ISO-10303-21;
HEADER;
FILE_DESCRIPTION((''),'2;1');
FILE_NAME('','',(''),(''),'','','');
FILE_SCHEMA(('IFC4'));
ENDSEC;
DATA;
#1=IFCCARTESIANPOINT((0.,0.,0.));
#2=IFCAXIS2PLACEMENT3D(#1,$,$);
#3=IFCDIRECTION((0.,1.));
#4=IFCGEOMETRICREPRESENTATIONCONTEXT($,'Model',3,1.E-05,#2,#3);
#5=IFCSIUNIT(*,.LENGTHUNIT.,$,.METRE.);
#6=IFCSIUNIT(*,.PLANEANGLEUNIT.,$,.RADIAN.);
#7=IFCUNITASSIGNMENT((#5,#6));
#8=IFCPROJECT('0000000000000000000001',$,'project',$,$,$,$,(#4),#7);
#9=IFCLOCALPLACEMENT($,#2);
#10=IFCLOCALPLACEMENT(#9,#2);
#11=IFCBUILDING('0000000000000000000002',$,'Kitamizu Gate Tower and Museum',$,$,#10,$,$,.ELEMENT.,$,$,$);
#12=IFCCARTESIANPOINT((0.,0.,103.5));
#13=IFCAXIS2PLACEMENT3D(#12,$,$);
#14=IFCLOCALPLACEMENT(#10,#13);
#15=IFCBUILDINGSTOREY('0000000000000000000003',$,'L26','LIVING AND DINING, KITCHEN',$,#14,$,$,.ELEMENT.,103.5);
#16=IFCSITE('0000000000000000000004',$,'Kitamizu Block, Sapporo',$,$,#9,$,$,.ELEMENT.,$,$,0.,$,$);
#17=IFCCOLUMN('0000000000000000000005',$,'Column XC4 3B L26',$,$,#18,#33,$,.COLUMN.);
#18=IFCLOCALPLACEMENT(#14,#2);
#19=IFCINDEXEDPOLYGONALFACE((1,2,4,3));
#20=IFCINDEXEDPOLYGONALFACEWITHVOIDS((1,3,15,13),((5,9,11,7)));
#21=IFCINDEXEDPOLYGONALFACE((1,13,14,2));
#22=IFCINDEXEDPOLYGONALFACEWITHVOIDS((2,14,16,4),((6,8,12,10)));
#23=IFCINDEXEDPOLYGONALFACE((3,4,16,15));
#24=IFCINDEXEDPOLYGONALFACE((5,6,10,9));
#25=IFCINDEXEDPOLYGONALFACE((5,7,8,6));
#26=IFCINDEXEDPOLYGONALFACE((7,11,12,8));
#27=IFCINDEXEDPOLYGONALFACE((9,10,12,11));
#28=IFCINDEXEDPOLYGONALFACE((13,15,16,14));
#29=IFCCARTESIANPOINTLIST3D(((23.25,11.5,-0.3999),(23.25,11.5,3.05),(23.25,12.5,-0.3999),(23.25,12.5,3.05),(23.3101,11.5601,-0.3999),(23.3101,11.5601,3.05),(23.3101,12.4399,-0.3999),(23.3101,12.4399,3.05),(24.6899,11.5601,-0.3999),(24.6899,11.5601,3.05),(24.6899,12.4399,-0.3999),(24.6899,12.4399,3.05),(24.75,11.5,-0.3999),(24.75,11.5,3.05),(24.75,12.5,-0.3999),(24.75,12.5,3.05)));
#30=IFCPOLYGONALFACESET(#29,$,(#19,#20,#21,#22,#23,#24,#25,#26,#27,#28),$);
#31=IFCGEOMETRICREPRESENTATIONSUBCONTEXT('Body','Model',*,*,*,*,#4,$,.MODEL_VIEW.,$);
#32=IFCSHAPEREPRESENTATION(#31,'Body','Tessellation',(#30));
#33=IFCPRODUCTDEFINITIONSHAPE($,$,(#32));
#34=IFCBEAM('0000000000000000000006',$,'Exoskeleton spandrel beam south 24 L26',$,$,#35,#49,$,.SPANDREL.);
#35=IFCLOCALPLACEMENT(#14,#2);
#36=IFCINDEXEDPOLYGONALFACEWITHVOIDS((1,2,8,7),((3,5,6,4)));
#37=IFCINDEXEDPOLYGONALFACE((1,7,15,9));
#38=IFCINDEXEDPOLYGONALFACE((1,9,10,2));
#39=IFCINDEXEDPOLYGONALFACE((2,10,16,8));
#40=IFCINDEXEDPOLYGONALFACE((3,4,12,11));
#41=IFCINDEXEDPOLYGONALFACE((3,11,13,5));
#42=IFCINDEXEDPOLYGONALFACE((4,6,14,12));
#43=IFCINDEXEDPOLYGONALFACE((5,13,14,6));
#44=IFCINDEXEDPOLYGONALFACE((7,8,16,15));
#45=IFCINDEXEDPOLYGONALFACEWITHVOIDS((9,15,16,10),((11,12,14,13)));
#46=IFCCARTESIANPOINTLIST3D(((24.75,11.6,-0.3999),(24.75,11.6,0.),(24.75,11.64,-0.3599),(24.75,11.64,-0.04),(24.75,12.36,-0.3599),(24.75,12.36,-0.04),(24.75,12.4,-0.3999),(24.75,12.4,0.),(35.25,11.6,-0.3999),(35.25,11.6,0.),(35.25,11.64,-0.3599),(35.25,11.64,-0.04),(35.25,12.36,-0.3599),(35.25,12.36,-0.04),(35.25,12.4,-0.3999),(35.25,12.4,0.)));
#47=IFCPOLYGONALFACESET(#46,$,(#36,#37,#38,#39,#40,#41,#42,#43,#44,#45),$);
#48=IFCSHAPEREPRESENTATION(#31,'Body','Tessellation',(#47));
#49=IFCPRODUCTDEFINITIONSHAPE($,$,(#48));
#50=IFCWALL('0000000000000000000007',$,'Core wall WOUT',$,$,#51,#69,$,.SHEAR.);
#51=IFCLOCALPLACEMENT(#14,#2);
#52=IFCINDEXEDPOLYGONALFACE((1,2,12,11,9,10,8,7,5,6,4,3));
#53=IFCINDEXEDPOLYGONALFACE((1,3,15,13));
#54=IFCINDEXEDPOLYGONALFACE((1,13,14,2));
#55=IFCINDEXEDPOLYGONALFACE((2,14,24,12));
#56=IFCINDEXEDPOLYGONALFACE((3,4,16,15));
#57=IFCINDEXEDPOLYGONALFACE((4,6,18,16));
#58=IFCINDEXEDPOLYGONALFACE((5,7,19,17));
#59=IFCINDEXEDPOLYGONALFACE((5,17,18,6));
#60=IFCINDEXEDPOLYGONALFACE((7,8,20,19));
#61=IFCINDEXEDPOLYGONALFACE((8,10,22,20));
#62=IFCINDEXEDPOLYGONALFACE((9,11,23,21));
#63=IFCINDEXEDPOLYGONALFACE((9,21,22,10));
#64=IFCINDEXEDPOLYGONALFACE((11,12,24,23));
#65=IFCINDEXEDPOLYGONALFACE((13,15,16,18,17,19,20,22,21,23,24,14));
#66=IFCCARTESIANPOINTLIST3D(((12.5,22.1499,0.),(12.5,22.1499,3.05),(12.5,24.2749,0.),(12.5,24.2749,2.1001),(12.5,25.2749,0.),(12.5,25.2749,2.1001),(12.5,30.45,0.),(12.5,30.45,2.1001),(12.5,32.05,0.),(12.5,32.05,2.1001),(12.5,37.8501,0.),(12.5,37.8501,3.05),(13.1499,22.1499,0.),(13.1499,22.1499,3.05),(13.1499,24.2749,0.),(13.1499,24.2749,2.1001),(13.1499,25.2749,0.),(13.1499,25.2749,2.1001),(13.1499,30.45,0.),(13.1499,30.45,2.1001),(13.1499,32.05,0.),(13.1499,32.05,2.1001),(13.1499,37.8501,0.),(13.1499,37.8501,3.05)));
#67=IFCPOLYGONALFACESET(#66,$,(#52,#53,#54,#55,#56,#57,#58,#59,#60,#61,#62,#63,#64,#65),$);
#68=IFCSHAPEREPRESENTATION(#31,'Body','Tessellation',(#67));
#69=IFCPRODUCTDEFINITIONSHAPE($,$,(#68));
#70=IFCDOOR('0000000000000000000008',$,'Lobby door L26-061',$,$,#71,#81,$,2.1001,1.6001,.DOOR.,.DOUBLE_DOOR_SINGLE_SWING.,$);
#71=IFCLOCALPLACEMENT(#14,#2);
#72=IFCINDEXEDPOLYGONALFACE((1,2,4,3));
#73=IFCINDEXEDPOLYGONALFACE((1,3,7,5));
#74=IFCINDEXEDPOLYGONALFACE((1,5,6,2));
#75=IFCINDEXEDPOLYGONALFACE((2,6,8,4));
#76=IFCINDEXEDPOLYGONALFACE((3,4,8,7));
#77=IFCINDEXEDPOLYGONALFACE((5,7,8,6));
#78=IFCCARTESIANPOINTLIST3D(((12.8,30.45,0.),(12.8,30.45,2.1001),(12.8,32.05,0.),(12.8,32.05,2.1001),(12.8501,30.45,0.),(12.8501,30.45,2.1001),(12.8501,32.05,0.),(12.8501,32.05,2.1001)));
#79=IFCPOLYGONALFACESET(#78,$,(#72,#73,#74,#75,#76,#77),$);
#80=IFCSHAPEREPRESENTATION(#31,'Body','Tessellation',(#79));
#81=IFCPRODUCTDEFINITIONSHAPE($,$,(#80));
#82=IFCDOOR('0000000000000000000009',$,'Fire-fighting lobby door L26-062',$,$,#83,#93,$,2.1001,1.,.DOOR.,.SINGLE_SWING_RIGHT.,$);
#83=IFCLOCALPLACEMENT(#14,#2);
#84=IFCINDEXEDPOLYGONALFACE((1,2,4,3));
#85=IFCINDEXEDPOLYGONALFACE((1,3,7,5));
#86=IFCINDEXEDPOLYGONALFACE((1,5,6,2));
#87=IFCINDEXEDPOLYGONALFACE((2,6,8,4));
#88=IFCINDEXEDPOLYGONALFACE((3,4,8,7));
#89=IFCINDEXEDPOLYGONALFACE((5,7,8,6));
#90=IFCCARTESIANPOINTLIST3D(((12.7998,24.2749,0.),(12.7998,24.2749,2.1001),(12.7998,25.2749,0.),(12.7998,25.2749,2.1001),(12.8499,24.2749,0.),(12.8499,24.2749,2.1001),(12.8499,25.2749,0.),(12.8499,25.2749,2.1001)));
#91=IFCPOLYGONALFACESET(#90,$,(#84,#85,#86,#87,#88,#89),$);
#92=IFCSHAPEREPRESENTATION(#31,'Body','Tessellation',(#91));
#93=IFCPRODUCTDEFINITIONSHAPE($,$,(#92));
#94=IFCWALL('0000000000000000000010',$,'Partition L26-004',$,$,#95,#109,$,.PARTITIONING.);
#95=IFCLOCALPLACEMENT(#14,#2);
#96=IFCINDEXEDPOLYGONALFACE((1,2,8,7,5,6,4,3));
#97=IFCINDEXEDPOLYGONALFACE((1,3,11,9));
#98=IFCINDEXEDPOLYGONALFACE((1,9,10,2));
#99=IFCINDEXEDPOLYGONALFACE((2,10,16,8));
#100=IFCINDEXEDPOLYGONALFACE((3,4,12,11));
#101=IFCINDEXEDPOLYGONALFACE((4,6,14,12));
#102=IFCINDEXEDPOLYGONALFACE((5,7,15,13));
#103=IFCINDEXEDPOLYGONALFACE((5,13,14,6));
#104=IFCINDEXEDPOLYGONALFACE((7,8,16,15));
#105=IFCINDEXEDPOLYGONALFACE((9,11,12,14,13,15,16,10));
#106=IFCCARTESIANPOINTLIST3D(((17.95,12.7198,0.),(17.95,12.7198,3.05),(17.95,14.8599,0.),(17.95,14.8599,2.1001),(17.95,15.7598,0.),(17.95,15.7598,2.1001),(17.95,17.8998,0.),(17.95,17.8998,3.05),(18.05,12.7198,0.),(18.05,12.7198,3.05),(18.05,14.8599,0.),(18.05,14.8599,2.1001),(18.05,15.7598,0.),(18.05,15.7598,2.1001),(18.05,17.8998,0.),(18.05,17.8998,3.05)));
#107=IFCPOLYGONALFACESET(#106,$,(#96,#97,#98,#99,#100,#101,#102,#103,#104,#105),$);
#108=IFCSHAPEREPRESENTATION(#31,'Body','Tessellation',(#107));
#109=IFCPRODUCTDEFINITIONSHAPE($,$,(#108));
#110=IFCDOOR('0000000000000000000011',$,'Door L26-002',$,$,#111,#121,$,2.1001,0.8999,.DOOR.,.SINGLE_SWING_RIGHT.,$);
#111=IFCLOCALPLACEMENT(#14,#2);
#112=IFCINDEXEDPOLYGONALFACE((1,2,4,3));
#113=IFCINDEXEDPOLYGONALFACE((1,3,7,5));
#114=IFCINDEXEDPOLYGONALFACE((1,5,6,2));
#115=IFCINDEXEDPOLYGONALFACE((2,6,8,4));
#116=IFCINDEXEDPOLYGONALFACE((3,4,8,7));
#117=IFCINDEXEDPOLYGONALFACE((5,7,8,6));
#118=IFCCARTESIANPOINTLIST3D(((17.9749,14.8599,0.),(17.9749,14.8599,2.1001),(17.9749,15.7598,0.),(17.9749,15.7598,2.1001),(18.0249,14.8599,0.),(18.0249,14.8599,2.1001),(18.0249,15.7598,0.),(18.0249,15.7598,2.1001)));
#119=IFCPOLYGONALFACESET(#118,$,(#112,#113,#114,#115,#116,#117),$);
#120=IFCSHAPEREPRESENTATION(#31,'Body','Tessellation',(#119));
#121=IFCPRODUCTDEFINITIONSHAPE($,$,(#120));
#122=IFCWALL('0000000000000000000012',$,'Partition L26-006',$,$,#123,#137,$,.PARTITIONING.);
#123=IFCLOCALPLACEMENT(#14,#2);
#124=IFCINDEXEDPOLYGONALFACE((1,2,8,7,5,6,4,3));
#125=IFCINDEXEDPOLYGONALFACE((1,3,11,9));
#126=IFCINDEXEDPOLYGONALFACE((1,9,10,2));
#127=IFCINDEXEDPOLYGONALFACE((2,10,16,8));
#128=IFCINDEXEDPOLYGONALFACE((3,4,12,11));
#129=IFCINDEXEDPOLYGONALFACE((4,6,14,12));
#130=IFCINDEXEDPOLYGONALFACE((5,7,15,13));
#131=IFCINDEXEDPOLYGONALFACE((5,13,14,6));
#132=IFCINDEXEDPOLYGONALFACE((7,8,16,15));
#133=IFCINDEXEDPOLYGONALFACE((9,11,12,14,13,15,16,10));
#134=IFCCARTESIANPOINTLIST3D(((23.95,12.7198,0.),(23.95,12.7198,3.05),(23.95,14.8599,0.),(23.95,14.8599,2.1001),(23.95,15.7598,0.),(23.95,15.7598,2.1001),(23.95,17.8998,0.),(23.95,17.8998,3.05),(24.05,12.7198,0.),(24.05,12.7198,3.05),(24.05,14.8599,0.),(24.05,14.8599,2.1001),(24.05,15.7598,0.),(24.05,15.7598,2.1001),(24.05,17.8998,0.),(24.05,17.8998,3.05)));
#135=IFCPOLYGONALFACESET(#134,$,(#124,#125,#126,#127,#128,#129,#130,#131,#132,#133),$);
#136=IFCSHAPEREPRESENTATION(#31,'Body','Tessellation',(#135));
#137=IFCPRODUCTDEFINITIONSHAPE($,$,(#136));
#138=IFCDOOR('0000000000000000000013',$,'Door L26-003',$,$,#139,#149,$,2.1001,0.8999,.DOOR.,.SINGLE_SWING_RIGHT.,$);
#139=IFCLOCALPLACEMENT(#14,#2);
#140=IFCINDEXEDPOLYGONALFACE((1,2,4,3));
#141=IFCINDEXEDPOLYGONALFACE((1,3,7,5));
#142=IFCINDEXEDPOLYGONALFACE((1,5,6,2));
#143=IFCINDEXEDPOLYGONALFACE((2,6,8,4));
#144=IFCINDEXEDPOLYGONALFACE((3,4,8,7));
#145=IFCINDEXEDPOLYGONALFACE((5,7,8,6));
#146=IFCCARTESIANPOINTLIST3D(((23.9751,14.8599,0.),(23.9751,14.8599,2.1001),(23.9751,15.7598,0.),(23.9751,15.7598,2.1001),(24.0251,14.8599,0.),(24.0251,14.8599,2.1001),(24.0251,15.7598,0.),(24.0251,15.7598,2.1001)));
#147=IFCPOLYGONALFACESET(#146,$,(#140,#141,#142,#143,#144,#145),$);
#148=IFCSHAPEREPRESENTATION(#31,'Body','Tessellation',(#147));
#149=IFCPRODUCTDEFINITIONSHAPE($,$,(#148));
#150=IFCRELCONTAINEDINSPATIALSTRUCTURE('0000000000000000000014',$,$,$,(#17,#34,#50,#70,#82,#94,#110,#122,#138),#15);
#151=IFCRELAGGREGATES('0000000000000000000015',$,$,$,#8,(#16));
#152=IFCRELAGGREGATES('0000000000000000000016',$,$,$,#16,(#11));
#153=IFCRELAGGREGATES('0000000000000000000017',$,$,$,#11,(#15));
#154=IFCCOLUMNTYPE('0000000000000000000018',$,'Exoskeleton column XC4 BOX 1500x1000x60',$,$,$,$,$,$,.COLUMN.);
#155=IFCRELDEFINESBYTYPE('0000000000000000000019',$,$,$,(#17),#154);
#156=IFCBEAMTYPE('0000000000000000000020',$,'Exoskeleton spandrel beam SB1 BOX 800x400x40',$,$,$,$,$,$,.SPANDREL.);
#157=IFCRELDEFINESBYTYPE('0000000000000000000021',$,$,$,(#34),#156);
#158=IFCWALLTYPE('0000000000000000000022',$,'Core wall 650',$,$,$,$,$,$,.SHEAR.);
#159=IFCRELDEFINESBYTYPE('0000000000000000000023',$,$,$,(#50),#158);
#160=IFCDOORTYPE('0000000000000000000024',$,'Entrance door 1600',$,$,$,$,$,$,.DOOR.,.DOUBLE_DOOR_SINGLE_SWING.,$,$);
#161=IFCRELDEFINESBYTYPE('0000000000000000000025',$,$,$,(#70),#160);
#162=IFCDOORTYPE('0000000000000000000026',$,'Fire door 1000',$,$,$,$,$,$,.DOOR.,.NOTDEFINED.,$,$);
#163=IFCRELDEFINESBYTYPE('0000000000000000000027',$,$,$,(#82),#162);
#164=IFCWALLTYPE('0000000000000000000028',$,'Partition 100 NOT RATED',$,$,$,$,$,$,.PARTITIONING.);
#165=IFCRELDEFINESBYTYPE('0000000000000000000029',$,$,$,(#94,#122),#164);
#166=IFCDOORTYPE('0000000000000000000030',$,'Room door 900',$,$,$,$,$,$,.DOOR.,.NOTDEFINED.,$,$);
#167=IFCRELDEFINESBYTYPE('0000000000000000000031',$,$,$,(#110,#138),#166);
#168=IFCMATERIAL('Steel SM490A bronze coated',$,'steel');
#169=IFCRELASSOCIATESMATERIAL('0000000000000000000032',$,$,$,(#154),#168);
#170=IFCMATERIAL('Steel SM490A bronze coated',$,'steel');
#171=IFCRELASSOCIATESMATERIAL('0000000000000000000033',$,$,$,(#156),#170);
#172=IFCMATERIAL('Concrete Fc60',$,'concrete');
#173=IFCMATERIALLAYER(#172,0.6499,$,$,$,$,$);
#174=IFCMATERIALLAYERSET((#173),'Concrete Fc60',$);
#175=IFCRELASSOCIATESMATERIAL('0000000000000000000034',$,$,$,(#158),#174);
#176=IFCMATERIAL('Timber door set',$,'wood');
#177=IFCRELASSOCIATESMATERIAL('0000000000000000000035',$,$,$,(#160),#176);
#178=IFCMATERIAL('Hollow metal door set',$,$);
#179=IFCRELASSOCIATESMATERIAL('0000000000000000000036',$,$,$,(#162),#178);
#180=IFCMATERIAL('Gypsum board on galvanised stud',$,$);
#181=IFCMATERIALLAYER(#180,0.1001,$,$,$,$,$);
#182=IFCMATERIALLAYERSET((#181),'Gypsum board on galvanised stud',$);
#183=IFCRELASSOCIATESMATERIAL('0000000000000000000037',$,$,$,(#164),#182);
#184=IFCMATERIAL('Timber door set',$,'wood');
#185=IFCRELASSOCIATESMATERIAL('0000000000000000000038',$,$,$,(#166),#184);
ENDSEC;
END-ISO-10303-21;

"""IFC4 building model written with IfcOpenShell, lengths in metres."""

from ifc_helpers import new_model, si_unit, direction, frame, frame_2d, origin, origin_2d, place, context, subcontext, project, spatial, rectangle, hollow_rectangle, extrude, material, layer, layer_set, material_profile, profile_set, type_object, element, fill, save


model = new_model("IFC4")

# Units and contexts
model_context = context("Model", 3, precision=1e-05, world=origin(), true_north=direction((0.0, 1.0)))
body_context = subcontext(model_context, "Body", "Model", "MODEL_VIEW")
ifc_project = project(units=[si_unit("LENGTHUNIT", "METRE"), si_unit("PLANEANGLEUNIT", "RADIAN")], contexts=[model_context])

# Site, building, storey
site_placement = place(None, origin())
site = spatial("IfcSite", under=ifc_project, at=site_placement, Name="Kitamizu Block, Sapporo", CompositionType="ELEMENT", RefElevation=0.0)
building_placement = place(site_placement, origin())
building = spatial("IfcBuilding", under=site, at=building_placement, Name="Kitamizu Gate Tower and Museum", CompositionType="ELEMENT")
storey_placement = place(building_placement, frame((0.0, 0.0, 103.5)))
storey = spatial("IfcBuildingStorey", under=building, at=storey_placement, Name="L26", Description="LIVING AND DINING, KITCHEN", CompositionType="ELEMENT", Elevation=103.5)

# Column
ifc_material_1 = material(Name="Steel SM490A bronze coated", Category="steel")
ifc_material_profile_1 = material_profile(ifc_material_1, hollow_rectangle(XDim=1.5, YDim=1.0, WallThickness=0.0601, at=origin_2d()), Name="BOX 1500x1000x60")
ifc_profile_set_1 = profile_set([ifc_material_profile_1], Name="Steel SM490A bronze coated")
column_type = type_object("IfcColumnType", Name="Exoskeleton column XC4 BOX 1500x1000x60", PredefinedType="COLUMN", material=ifc_profile_set_1)
column_placement = place(storey_placement, frame((24.0, 12.0, -0.3999), z_axis=(0.0, 0.0, 1.0), x_axis=(1.0, 0.0, 0.0)))
element("IfcColumn", 1, at=column_placement, inside=storey, type_object=column_type, Name="Column XC4 3B L26", PredefinedType="COLUMN", context=body_context, shape_type="SweptSolid", body=[
    extrude(hollow_rectangle(XDim=1.5, YDim=1.0, WallThickness=0.0601, at=origin_2d()), origin(), (0.0, 0.0, 1.0), 3.45),
])

# Beam
ifc_material_2 = material(Name="Steel SM490A bronze coated", Category="steel")
ifc_material_profile_2 = material_profile(ifc_material_2, hollow_rectangle(XDim=0.8, YDim=0.3999, WallThickness=0.04, at=origin_2d()), Name="BOX 800x400x40")
ifc_profile_set_2 = profile_set([ifc_material_profile_2], Name="Steel SM490A bronze coated")
beam_type = type_object("IfcBeamType", Name="Exoskeleton spandrel beam SB1 BOX 800x400x40", PredefinedType="SPANDREL", material=ifc_profile_set_2)
beam_placement = place(storey_placement, frame((24.75, 12.0, -0.2), z_axis=(1.0, 0.0, 0.0), x_axis=(0.0, 1.0, 0.0)))
element("IfcBeam", 2, at=beam_placement, inside=storey, type_object=beam_type, Name="Exoskeleton spandrel beam south 24 L26", PredefinedType="SPANDREL", context=body_context, shape_type="SweptSolid", body=[
    extrude(hollow_rectangle(XDim=0.8, YDim=0.3999, WallThickness=0.04, at=origin_2d()), origin(), (0.0, 0.0, 1.0), 10.5),
])

# Wall, openings, doors
ifc_material_3 = material(Name="Concrete Fc60", Category="concrete")
ifc_layer_1 = layer(ifc_material_3, 0.6499)
ifc_layer_set_1 = layer_set([ifc_layer_1], Name="Concrete Fc60")
wall_type_1 = type_object("IfcWallType", Name="Core wall 650", PredefinedType="SHEAR", material=ifc_layer_set_1)
wall_1_placement = place(storey_placement, frame((12.825, 22.1499, 0.0), z_axis=(0.0, 0.0, 1.0), x_axis=(0.0, 1.0, 0.0)))
wall_1 = element("IfcWall", 3, at=wall_1_placement, inside=storey, type_object=wall_type_1, Name="Core wall WOUT", PredefinedType="SHEAR", context=body_context, shape_type="SweptSolid", body=[
    extrude(rectangle(XDim=15.7002, YDim=0.6499, at=frame_2d((7.8501, 0.0))), origin(), (0.0, 0.0, 1.0), 3.05),
])
opening_1_placement = place(wall_1_placement, frame((8.3, 0.0, 0.0)))
opening_1 = element("IfcOpeningElement", 4, at=opening_1_placement, cuts=wall_1, PredefinedType="OPENING", context=body_context, shape_type="SweptSolid", body=[
    extrude(rectangle(XDim=1.6001, YDim=2.1001, at=frame_2d((0.8, 1.05))), frame((0.0, 0.335, 0.0), z_axis=(0.0, -1.0, 0.0), x_axis=(1.0, 0.0, 0.0)), (0.0, 0.0, 1.0), 0.6699),
])
opening_2_placement = place(wall_1_placement, frame((2.125, 0.0, 0.0)))
opening_2 = element("IfcOpeningElement", 5, at=opening_2_placement, cuts=wall_1, PredefinedType="OPENING", context=body_context, shape_type="SweptSolid", body=[
    extrude(rectangle(XDim=1.0, YDim=2.1001, at=frame_2d((0.5, 1.05))), frame((0.0, 0.335, 0.0), z_axis=(0.0, -1.0, 0.0), x_axis=(1.0, 0.0, 0.0)), (0.0, 0.0, 1.0), 0.6699),
])
ifc_material_4 = material(Name="Timber door set", Category="wood")
door_type_1 = type_object("IfcDoorType", Name="Entrance door 1600", OperationType="DOUBLE_DOOR_SINGLE_SWING", PredefinedType="DOOR", material=ifc_material_4)
door_1_placement = place(opening_1_placement, origin())
door_1 = element("IfcDoor", 6, at=door_1_placement, inside=storey, type_object=door_type_1, Name="Lobby door L26-061", OperationType="DOUBLE_DOOR_SINGLE_SWING", OverallHeight=2.1001, OverallWidth=1.6001, PredefinedType="DOOR", context=body_context, shape_type="SweptSolid", body=[
    extrude(rectangle(XDim=1.6001, YDim=2.1001, at=frame_2d((0.8, 1.05))), frame((0.0, 0.0249, 0.0), z_axis=(0.0, -1.0, 0.0), x_axis=(1.0, 0.0, 0.0)), (0.0, 0.0, 1.0), 0.05),
])
fill(opening_1, door_1)
ifc_material_5 = material(Name="Hollow metal door set")
door_type_2 = type_object("IfcDoorType", Name="Fire door 1000", OperationType="NOTDEFINED", PredefinedType="DOOR", material=ifc_material_5)
door_2_placement = place(opening_2_placement, frame((1.0, 0.0, 0.0), x_axis=(-1.0, 0.0, 0.0)))
door_2 = element("IfcDoor", 7, at=door_2_placement, inside=storey, type_object=door_type_2, Name="Fire-fighting lobby door L26-062", OperationType="SINGLE_SWING_RIGHT", OverallHeight=2.1001, OverallWidth=1.0, PredefinedType="DOOR", context=body_context, shape_type="SweptSolid", body=[
    extrude(rectangle(XDim=1.0, YDim=2.1001, at=frame_2d((0.5, 1.05))), frame((0.0, 0.0249, 0.0), z_axis=(0.0, -1.0, 0.0), x_axis=(1.0, 0.0, 0.0)), (0.0, 0.0, 1.0), 0.05),
])
fill(opening_2, door_2)

# Walls, openings, doors
ifc_material_6 = material(Name="Gypsum board on galvanised stud")
ifc_layer_2 = layer(ifc_material_6, 0.1001)
ifc_layer_set_2 = layer_set([ifc_layer_2], Name="Gypsum board on galvanised stud")
wall_type_2 = type_object("IfcWallType", Name="Partition 100 NOT RATED", PredefinedType="PARTITIONING", material=ifc_layer_set_2)
wall_2_placement = place(storey_placement, frame((18.0, 12.72, 0.0), z_axis=(0.0, 0.0, 1.0), x_axis=(0.0, 1.0, 0.0)))
wall_2 = element("IfcWall", 8, at=wall_2_placement, inside=storey, type_object=wall_type_2, Name="Partition L26-004", PredefinedType="PARTITIONING", context=body_context, shape_type="SweptSolid", body=[
    extrude(rectangle(XDim=5.1799, YDim=0.1001, at=frame_2d((2.5898, 0.0))), origin(), (0.0, 0.0, 1.0), 3.05),
])
opening_3_placement = place(wall_2_placement, frame((2.1399, 0.0, 0.0)))
opening_3 = element("IfcOpeningElement", 9, at=opening_3_placement, cuts=wall_2, PredefinedType="OPENING", context=body_context, shape_type="SweptSolid", body=[
    extrude(rectangle(XDim=0.8999, YDim=2.1001, at=frame_2d((0.45, 1.05))), frame((0.0, 0.0601, 0.0), z_axis=(0.0, -1.0, 0.0), x_axis=(1.0, 0.0, 0.0)), (0.0, 0.0, 1.0), 0.1201),
])
ifc_material_7 = material(Name="Timber door set", Category="wood")
door_type_3 = type_object("IfcDoorType", Name="Room door 900", OperationType="NOTDEFINED", PredefinedType="DOOR", material=ifc_material_7)
door_3_placement = place(opening_3_placement, frame((0.8999, 0.0, 0.0), x_axis=(-1.0, 0.0, 0.0)))
door_3 = element("IfcDoor", 10, at=door_3_placement, inside=storey, type_object=door_type_3, Name="Door L26-002", OperationType="SINGLE_SWING_RIGHT", OverallHeight=2.1001, OverallWidth=0.8999, PredefinedType="DOOR", context=body_context, shape_type="SweptSolid", body=[
    extrude(rectangle(XDim=0.8999, YDim=2.1001, at=frame_2d((0.45, 1.05))), frame((0.0, 0.0249, 0.0), z_axis=(0.0, -1.0, 0.0), x_axis=(1.0, 0.0, 0.0)), (0.0, 0.0, 1.0), 0.05),
])
fill(opening_3, door_3)
wall_3_placement = place(storey_placement, frame((24.0, 12.72, 0.0), z_axis=(0.0, 0.0, 1.0), x_axis=(0.0, 1.0, 0.0)))
wall_3 = element("IfcWall", 11, at=wall_3_placement, inside=storey, type_object=wall_type_2, Name="Partition L26-006", PredefinedType="PARTITIONING", context=body_context, shape_type="SweptSolid", body=[
    extrude(rectangle(XDim=5.1799, YDim=0.1001, at=frame_2d((2.5898, 0.0))), origin(), (0.0, 0.0, 1.0), 3.05),
])
opening_4_placement = place(wall_3_placement, frame((2.1399, 0.0, 0.0)))
opening_4 = element("IfcOpeningElement", 12, at=opening_4_placement, cuts=wall_3, PredefinedType="OPENING", context=body_context, shape_type="SweptSolid", body=[
    extrude(rectangle(XDim=0.8999, YDim=2.1001, at=frame_2d((0.45, 1.05))), frame((0.0, 0.0601, 0.0), z_axis=(0.0, -1.0, 0.0), x_axis=(1.0, 0.0, 0.0)), (0.0, 0.0, 1.0), 0.1201),
])
door_4_placement = place(opening_4_placement, origin())
door_4 = element("IfcDoor", 13, at=door_4_placement, inside=storey, type_object=door_type_3, Name="Door L26-003", OperationType="SINGLE_SWING_RIGHT", OverallHeight=2.1001, OverallWidth=0.8999, PredefinedType="DOOR", context=body_context, shape_type="SweptSolid", body=[
    extrude(rectangle(XDim=0.8999, YDim=2.1001, at=frame_2d((0.45, 1.05))), frame((0.0, 0.0249, 0.0), z_axis=(0.0, -1.0, 0.0), x_axis=(1.0, 0.0, 0.0)), (0.0, 0.0, 1.0), 0.05),
])
fill(opening_4, door_4)

save(model, "model.ifc")
